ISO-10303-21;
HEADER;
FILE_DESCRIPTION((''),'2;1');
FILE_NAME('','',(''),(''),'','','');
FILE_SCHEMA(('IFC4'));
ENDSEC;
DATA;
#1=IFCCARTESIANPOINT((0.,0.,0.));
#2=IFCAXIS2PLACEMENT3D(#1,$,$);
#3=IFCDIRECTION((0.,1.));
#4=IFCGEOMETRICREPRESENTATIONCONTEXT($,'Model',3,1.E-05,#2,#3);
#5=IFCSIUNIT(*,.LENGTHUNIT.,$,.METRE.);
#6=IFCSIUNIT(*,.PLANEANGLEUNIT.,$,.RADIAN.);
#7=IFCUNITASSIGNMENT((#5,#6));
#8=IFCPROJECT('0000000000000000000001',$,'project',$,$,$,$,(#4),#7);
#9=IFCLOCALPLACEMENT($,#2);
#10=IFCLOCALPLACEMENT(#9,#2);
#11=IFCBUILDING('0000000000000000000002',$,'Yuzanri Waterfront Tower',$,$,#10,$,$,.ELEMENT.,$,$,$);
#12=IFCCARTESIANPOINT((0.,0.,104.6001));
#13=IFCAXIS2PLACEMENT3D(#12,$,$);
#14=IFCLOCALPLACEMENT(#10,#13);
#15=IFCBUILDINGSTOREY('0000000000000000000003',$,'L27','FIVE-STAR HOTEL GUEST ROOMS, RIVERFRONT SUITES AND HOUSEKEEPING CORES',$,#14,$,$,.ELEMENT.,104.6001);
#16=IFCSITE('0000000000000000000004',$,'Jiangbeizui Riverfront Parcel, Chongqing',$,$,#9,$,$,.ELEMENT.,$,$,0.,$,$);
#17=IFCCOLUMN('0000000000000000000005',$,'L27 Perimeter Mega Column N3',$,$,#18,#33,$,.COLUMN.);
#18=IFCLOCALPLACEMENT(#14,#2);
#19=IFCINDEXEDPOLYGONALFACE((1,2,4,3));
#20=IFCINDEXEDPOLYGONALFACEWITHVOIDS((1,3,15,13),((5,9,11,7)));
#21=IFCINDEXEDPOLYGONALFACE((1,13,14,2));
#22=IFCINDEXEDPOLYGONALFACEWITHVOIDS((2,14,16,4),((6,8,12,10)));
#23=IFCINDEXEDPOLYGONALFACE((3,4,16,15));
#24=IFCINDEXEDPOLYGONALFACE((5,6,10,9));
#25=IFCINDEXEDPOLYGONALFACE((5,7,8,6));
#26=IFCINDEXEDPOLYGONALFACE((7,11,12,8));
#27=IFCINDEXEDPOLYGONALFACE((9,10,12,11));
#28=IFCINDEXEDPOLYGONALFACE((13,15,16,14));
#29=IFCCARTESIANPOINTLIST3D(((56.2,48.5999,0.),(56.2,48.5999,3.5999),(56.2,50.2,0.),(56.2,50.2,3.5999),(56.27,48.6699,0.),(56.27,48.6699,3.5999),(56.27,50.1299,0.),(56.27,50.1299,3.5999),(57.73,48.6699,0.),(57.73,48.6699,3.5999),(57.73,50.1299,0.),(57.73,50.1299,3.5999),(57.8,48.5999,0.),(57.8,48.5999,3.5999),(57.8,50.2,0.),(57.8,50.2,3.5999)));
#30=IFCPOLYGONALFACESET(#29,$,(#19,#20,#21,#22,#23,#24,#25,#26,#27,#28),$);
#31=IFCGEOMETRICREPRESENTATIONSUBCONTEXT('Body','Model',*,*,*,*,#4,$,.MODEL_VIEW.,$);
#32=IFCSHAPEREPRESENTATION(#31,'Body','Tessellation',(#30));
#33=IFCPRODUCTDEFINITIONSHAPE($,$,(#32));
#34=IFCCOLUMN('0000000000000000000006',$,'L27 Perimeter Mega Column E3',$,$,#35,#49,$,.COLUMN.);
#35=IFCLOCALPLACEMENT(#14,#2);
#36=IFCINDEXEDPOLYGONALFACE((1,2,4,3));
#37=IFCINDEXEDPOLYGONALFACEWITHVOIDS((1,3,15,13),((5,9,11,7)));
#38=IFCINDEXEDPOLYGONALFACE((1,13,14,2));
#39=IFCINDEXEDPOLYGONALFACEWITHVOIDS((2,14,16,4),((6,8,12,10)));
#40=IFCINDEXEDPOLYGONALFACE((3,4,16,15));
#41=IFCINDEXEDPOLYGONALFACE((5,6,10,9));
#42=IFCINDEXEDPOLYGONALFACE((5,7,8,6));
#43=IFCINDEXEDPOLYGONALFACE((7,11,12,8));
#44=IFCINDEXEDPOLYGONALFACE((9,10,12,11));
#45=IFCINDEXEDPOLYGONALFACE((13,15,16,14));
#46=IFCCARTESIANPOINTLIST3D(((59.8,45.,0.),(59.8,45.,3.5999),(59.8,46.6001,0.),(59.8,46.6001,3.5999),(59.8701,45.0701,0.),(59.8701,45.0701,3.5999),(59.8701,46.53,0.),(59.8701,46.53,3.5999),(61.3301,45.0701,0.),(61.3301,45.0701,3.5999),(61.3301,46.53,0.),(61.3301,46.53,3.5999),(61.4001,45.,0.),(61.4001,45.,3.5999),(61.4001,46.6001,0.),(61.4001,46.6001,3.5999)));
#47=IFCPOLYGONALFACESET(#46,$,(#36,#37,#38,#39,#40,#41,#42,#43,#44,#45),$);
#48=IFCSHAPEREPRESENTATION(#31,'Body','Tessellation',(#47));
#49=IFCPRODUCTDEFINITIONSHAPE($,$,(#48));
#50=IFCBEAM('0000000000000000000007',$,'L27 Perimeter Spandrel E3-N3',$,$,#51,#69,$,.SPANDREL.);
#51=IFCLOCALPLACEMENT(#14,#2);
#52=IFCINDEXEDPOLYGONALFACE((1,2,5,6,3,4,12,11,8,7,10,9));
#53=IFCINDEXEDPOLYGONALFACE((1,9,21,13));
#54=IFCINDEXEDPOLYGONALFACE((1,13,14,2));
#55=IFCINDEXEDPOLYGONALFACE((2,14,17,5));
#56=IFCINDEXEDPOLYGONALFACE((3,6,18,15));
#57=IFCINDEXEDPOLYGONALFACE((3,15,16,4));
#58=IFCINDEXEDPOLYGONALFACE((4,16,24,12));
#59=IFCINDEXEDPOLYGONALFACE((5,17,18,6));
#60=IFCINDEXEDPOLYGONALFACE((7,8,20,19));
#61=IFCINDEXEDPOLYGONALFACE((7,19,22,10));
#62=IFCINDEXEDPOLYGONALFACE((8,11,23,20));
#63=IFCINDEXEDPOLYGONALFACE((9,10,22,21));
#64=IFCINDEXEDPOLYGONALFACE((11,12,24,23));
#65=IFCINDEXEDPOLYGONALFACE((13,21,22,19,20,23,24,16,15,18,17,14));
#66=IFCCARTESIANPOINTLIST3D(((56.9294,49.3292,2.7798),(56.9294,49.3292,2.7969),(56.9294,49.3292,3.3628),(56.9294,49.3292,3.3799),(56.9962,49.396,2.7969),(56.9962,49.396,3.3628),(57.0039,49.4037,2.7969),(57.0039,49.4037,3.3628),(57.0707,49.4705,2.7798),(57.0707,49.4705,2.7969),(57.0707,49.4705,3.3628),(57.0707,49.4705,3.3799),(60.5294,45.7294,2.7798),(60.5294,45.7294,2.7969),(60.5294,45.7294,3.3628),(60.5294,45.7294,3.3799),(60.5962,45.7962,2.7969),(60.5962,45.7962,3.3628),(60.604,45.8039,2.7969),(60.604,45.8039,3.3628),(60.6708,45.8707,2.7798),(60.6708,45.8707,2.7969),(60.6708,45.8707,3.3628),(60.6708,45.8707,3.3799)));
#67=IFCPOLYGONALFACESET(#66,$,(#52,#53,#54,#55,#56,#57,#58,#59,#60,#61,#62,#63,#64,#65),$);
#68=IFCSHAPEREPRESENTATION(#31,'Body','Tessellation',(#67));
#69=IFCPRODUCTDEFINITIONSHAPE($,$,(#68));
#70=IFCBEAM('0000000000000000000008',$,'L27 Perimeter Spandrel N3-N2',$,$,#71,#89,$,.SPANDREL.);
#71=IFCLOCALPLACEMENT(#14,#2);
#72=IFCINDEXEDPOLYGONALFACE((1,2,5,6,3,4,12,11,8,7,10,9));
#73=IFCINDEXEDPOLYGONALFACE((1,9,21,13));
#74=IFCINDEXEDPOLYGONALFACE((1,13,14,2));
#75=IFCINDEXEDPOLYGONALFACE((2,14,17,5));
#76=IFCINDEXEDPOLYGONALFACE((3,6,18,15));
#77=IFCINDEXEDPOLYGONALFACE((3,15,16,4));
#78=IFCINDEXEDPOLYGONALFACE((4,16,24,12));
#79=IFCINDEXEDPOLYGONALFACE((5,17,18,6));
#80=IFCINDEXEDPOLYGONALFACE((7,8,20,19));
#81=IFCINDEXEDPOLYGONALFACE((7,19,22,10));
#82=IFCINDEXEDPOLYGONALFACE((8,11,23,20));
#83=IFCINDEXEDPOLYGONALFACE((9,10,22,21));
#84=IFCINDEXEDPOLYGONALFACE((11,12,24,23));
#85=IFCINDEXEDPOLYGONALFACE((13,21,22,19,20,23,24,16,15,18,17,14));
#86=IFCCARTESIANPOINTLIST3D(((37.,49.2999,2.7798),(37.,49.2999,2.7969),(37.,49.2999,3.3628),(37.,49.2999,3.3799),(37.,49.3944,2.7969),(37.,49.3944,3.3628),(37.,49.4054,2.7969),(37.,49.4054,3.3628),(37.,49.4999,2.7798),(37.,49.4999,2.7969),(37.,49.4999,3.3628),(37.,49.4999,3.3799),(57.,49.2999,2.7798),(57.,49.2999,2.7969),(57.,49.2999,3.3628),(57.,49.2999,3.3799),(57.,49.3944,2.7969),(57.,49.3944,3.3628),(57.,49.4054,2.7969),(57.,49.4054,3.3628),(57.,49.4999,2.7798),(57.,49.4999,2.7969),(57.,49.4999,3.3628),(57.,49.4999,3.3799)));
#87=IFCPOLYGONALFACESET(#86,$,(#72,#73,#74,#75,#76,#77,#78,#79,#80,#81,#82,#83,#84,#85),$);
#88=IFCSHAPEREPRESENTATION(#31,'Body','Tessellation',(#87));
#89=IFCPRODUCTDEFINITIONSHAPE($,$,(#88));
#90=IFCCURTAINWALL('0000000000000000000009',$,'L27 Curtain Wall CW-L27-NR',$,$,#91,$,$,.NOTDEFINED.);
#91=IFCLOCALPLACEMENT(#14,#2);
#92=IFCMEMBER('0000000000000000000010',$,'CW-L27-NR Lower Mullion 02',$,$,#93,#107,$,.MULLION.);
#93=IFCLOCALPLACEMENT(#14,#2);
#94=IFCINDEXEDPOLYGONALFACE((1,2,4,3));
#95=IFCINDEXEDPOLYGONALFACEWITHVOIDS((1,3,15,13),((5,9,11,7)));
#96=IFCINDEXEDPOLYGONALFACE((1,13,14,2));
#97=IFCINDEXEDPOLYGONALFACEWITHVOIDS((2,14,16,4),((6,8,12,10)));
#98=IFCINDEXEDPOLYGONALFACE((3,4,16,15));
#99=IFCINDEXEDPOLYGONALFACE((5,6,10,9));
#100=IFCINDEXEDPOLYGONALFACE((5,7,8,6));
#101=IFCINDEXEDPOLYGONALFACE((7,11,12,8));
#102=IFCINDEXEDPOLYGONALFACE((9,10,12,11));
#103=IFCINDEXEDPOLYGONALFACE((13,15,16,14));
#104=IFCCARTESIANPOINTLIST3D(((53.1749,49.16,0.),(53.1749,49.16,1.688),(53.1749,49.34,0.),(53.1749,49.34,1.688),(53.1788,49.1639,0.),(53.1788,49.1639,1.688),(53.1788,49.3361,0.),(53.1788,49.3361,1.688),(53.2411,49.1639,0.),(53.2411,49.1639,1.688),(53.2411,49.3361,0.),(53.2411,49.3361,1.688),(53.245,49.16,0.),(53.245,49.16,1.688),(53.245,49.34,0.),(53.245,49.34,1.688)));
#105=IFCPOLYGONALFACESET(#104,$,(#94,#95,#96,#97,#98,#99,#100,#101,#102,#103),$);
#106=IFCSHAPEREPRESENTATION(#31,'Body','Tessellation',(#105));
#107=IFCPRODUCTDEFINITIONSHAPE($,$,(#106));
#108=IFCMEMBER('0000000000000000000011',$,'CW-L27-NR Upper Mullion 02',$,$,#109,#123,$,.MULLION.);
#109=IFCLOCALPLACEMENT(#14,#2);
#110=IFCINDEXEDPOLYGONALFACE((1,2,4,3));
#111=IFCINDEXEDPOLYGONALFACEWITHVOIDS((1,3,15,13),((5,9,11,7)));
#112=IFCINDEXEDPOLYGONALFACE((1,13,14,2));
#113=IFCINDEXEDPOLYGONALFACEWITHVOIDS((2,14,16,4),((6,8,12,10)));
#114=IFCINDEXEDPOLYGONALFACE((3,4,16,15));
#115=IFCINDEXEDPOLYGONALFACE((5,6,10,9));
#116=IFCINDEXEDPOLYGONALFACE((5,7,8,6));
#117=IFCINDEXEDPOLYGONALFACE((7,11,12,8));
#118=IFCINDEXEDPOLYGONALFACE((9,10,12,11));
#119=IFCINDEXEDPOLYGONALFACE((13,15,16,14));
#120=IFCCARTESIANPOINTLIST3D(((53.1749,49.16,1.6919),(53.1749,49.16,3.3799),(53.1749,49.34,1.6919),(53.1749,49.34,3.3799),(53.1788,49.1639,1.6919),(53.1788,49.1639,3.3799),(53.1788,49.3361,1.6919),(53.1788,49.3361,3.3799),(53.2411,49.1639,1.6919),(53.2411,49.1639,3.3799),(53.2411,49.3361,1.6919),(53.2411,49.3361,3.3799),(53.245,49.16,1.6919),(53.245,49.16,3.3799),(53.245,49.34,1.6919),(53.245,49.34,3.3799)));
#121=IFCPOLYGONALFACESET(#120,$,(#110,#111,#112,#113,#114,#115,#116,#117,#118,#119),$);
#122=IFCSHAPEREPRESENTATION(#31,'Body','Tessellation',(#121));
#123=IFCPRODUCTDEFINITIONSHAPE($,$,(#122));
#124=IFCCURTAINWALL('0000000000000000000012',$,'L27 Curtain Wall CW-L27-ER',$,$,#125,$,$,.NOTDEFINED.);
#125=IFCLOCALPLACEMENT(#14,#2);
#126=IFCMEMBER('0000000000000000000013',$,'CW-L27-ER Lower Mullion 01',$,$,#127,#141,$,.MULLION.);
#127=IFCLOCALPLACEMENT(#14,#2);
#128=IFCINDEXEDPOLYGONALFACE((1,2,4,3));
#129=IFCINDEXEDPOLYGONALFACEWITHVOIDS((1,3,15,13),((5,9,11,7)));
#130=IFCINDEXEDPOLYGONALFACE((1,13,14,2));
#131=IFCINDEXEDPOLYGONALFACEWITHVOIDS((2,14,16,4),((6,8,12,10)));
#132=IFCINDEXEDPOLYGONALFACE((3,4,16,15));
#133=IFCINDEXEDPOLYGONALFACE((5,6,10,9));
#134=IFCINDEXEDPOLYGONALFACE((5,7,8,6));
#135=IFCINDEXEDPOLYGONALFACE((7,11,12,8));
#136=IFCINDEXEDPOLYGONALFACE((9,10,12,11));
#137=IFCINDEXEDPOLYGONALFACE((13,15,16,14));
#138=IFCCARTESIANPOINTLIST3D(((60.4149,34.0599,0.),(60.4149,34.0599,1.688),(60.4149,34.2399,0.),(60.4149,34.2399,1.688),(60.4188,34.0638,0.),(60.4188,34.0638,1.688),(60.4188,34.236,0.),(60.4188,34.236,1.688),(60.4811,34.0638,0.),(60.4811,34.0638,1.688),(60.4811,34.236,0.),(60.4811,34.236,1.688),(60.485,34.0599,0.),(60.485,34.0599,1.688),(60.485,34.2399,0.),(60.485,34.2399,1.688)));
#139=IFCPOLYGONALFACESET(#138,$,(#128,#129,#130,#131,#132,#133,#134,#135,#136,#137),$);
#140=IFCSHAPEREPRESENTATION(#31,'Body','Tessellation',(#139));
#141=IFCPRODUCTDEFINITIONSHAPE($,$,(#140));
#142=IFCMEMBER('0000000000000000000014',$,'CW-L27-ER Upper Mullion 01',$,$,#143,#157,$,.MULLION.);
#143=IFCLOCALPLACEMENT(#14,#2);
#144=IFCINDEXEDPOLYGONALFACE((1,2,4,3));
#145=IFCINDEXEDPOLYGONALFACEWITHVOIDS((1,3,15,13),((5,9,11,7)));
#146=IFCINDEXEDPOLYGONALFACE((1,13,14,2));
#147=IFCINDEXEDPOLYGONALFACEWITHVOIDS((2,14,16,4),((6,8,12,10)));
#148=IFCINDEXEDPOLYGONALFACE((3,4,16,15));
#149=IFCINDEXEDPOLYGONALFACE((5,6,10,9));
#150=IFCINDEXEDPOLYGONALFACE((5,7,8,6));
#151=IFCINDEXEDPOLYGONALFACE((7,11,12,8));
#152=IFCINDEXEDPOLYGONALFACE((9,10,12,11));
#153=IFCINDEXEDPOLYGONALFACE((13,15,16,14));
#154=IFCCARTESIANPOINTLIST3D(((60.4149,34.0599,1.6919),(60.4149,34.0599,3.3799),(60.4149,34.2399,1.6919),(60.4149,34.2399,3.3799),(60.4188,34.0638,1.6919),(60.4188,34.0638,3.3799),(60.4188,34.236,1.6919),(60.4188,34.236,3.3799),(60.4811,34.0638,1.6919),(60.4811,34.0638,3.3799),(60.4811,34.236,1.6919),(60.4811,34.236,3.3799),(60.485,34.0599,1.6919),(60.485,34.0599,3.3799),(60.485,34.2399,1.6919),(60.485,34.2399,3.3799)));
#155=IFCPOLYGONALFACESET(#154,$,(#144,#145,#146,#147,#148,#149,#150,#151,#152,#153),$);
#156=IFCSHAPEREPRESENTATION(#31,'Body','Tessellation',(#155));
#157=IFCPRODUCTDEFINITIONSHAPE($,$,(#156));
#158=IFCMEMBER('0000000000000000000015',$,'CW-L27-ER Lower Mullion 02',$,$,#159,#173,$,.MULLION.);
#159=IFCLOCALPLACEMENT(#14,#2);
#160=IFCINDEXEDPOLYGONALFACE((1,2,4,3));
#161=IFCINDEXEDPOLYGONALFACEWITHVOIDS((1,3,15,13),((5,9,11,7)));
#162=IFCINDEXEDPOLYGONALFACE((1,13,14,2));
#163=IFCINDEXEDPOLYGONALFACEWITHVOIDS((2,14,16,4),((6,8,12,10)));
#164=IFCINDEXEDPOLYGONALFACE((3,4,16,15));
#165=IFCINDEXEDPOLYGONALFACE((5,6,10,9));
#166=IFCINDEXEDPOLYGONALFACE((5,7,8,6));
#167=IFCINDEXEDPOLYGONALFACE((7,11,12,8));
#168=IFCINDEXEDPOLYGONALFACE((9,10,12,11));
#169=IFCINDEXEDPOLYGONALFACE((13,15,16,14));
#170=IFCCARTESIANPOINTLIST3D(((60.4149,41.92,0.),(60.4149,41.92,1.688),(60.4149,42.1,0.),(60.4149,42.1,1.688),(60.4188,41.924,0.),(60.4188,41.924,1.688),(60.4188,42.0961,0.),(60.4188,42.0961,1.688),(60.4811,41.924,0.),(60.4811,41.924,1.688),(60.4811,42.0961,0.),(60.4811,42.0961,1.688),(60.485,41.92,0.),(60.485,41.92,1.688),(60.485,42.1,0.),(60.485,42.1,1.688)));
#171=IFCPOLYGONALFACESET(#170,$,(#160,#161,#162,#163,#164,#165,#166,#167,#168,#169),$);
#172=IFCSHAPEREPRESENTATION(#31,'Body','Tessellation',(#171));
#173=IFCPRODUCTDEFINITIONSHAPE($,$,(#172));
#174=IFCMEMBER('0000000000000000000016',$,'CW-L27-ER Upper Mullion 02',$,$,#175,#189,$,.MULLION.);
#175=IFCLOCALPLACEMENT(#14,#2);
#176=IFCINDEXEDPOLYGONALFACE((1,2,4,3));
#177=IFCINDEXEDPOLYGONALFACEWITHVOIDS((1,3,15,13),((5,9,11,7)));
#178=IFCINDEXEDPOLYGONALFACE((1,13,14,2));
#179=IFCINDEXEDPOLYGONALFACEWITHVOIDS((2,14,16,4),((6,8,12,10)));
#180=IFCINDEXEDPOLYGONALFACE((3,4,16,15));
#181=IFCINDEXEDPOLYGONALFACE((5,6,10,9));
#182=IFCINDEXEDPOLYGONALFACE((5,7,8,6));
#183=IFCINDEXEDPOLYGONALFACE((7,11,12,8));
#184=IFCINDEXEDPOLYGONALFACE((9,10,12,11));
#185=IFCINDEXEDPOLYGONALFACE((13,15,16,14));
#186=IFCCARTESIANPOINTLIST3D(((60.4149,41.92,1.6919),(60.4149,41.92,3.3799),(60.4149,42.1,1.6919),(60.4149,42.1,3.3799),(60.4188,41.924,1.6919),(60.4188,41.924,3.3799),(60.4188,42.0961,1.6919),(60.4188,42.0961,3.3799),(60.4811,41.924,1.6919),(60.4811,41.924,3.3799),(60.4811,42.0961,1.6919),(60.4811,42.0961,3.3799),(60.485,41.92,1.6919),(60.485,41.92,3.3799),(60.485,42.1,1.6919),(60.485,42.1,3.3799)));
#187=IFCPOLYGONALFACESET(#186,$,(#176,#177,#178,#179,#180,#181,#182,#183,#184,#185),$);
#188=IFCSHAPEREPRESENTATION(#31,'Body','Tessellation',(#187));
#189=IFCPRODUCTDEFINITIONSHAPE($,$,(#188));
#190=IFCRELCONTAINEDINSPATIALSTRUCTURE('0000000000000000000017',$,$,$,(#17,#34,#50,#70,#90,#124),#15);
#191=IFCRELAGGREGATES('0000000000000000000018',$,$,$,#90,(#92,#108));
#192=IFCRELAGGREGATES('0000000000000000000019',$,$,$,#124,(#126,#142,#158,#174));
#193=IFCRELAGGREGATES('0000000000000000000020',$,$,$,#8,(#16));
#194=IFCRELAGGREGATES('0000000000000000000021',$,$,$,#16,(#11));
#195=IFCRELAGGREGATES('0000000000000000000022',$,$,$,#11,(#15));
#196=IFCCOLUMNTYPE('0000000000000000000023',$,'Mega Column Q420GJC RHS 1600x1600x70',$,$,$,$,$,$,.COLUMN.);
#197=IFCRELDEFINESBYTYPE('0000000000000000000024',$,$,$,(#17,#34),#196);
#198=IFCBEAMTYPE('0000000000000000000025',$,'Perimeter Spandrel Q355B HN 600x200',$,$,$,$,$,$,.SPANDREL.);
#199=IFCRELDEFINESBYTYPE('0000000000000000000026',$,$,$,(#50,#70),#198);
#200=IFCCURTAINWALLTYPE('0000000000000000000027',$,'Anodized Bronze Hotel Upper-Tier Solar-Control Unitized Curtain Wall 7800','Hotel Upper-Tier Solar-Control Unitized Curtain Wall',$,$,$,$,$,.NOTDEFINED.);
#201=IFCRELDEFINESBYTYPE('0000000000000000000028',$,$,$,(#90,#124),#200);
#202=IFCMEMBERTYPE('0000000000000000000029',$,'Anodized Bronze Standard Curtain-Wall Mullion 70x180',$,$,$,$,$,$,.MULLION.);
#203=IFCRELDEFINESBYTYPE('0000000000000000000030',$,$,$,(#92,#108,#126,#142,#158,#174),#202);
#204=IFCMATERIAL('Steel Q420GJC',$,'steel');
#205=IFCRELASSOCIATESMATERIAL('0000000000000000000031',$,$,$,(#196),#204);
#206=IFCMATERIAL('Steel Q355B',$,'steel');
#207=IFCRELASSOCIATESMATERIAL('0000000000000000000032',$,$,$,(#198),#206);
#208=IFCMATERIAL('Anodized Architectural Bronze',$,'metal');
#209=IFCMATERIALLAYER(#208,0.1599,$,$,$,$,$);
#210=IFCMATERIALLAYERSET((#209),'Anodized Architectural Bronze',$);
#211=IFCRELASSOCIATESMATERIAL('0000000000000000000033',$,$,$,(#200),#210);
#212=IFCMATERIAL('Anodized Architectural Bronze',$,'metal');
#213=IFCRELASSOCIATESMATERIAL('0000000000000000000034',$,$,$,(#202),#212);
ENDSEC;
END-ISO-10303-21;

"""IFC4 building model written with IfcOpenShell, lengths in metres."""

from ifc_helpers import new_model, si_unit, direction, frame, origin, origin_2d, place, context, subcontext, project, spatial, hollow_rectangle, i_section, extrude, source, transform, mapped, material, layer, layer_set, material_profile, profile_set, type_object, element, aggregate, save


model = new_model("IFC4")

# Units and contexts
model_context = context("Model", 3, precision=1e-05, world=origin(), true_north=direction((0.0, 1.0)))
body_context = subcontext(model_context, "Body", "Model", "MODEL_VIEW")
ifc_project = project(units=[si_unit("LENGTHUNIT", "METRE"), si_unit("PLANEANGLEUNIT", "RADIAN")], contexts=[model_context])

# Site, building, storey
site_placement = place(None, origin())
site = spatial("IfcSite", under=ifc_project, at=site_placement, Name="Jiangbeizui Riverfront Parcel, Chongqing", CompositionType="ELEMENT", RefElevation=0.0)
building_placement = place(site_placement, origin())
building = spatial("IfcBuilding", under=site, at=building_placement, Name="Yuzanri Waterfront Tower", CompositionType="ELEMENT")
storey_placement = place(building_placement, frame((0.0, 0.0, 104.6001)))
storey = spatial("IfcBuildingStorey", under=building, at=storey_placement, Name="L27", Description="FIVE-STAR HOTEL GUEST ROOMS, RIVERFRONT SUITES AND HOUSEKEEPING CORES", CompositionType="ELEMENT", Elevation=104.6001)

# Columns
ifc_material_1 = material(Name="Steel Q420GJC", Category="steel")
ifc_material_profile_1 = material_profile(ifc_material_1, hollow_rectangle(XDim=1.6001, YDim=1.6001, WallThickness=0.0701, at=origin_2d()), Name="RHS 1600x1600x70")
ifc_profile_set_1 = profile_set([ifc_material_profile_1], Name="Steel Q420GJC")
column_type = type_object("IfcColumnType", Name="Mega Column Q420GJC RHS 1600x1600x70", PredefinedType="COLUMN", material=ifc_profile_set_1)
shared_shape_1 = source(origin(), body_context, "Body", "SweptSolid", [
    extrude(hollow_rectangle(XDim=1.6001, YDim=1.6001, WallThickness=0.0701, at=origin_2d()), origin(), (0.0, 0.0, 1.0), 3.5999),
])
for number, where, z_axis, x_axis, name in (
    (1, (57.0, 49.3999, 0.0), (0.0, 0.0, 1.0), (1.0, 0.0, 0.0), "L27 Perimeter Mega Column N3"),
    (2, (60.6001, 45.8, 0.0), (0.0, 0.0, 1.0), (1.0, 0.0, 0.0), "L27 Perimeter Mega Column E3"),
):
    element("IfcColumn", number, at=place(storey_placement, frame(where, z_axis=z_axis, x_axis=x_axis)), inside=storey, type_object=column_type, Name=name, PredefinedType="COLUMN", context=body_context, shape_type="MappedRepresentation", body=[
        mapped(shared_shape_1, transform((0.0, 0.0, 0.0), scale=1.0)),
    ])

# Beams
ifc_material_2 = material(Name="Steel Q355B", Category="steel")
ifc_material_profile_2 = material_profile(ifc_material_2, i_section(OverallWidth=0.2, OverallDepth=0.6001, WebThickness=0.011, FlangeThickness=0.0171, at=origin_2d()), Name="HN 600x200x11x17")
ifc_profile_set_2 = profile_set([ifc_material_profile_2], Name="Steel Q355B")
beam_type = type_object("IfcBeamType", Name="Perimeter Spandrel Q355B HN 600x200", PredefinedType="SPANDREL", material=ifc_profile_set_2)
shared_shape_2 = source(origin(), body_context, "Body", "SweptSolid", [
    extrude(i_section(OverallWidth=0.2, OverallDepth=0.6001, WebThickness=0.011, FlangeThickness=0.0171, at=origin_2d()), origin(), (0.0, 0.0, 1.0), 5.0911),
])
beam_1_placement = place(storey_placement, frame((60.6001, 45.8, 3.0798), z_axis=(-0.707131, 0.707083, 0.0), x_axis=(-0.707083, -0.707131, 0.0)))
element("IfcBeam", 3, at=beam_1_placement, inside=storey, type_object=beam_type, Name="L27 Perimeter Spandrel E3-N3", PredefinedType="SPANDREL", context=body_context, shape_type="MappedRepresentation", body=[
    mapped(shared_shape_2, transform((0.0, 0.0, 0.0), scale=1.0)),
])
shared_shape_3 = source(origin(), body_context, "Body", "SweptSolid", [
    extrude(i_section(OverallWidth=0.2, OverallDepth=0.6001, WebThickness=0.011, FlangeThickness=0.0171, at=origin_2d()), origin(), (0.0, 0.0, 1.0), 20.0),
])
beam_2_placement = place(storey_placement, frame((57.0, 49.3999, 3.0798), z_axis=(-1.0, 0.0, 0.0), x_axis=(0.0, -1.0, 0.0)))
element("IfcBeam", 4, at=beam_2_placement, inside=storey, type_object=beam_type, Name="L27 Perimeter Spandrel N3-N2", PredefinedType="SPANDREL", context=body_context, shape_type="MappedRepresentation", body=[
    mapped(shared_shape_3, transform((0.0, 0.0, 0.0), scale=1.0)),
])

# Curtain walls, members
ifc_material_3 = material(Name="Anodized Architectural Bronze", Category="metal")
ifc_layer_1 = layer(ifc_material_3, 0.1599)
ifc_layer_set_1 = layer_set([ifc_layer_1], Name="Anodized Architectural Bronze")
curtain_wall_type = type_object("IfcCurtainWallType", Name="Anodized Bronze Hotel Upper-Tier Solar-Control Unitized Curtain Wall 7800", Description="Hotel Upper-Tier Solar-Control Unitized Curtain Wall", PredefinedType="NOTDEFINED", material=ifc_layer_set_1)
curtain_wall_1_placement = place(storey_placement, origin())
curtain_wall_1 = element("IfcCurtainWall", 5, at=curtain_wall_1_placement, inside=storey, type_object=curtain_wall_type, Name="L27 Curtain Wall CW-L27-NR", PredefinedType="NOTDEFINED")
ifc_material_4 = material(Name="Anodized Architectural Bronze", Category="metal")
ifc_material_profile_3 = material_profile(ifc_material_4, hollow_rectangle(XDim=0.0701, YDim=0.1799, WallThickness=0.0039, at=origin_2d()), Name="CWM 70x180")
ifc_profile_set_3 = profile_set([ifc_material_profile_3], Name="Anodized Architectural Bronze")
member_type = type_object("IfcMemberType", Name="Anodized Bronze Standard Curtain-Wall Mullion 70x180", PredefinedType="MULLION", material=ifc_profile_set_3)
shared_shape_4 = source(origin(), body_context, "Body", "SweptSolid", [
    extrude(hollow_rectangle(XDim=0.0701, YDim=0.1799, WallThickness=0.0039, at=origin_2d()), origin(), (0.0, 0.0, 1.0), 1.688),
])
member_1_placement = place(storey_placement, frame((53.21, 49.25, 0.0), z_axis=(0.0, 0.0, 1.0), x_axis=(1.0, 0.0, 0.0)))
member_1 = element("IfcMember", 6, at=member_1_placement, type_object=member_type, Name="CW-L27-NR Lower Mullion 02", PredefinedType="MULLION", context=body_context, shape_type="MappedRepresentation", body=[
    mapped(shared_shape_4, transform((0.0, 0.0, 0.0), scale=1.0)),
])
member_2_placement = place(storey_placement, frame((53.21, 49.25, 1.6919), z_axis=(0.0, 0.0, 1.0), x_axis=(1.0, 0.0, 0.0)))
member_2 = element("IfcMember", 7, at=member_2_placement, type_object=member_type, Name="CW-L27-NR Upper Mullion 02", PredefinedType="MULLION", context=body_context, shape_type="MappedRepresentation", body=[
    mapped(shared_shape_4, transform((0.0, 0.0, 0.0), scale=1.0)),
])
aggregate(curtain_wall_1, [member_1, member_2])
curtain_wall_2_placement = place(storey_placement, origin())
curtain_wall_2 = element("IfcCurtainWall", 8, at=curtain_wall_2_placement, inside=storey, type_object=curtain_wall_type, Name="L27 Curtain Wall CW-L27-ER", PredefinedType="NOTDEFINED")
member_3_placement = place(storey_placement, frame((60.45, 34.1499, 0.0), z_axis=(0.0, 0.0, 1.0), x_axis=(1.0, 0.0, 0.0)))
member_3 = element("IfcMember", 9, at=member_3_placement, type_object=member_type, Name="CW-L27-ER Lower Mullion 01", PredefinedType="MULLION", context=body_context, shape_type="MappedRepresentation", body=[
    mapped(shared_shape_4, transform((0.0, 0.0, 0.0), scale=1.0)),
])
member_4_placement = place(storey_placement, frame((60.45, 34.1499, 1.6919), z_axis=(0.0, 0.0, 1.0), x_axis=(1.0, 0.0, 0.0)))
member_4 = element("IfcMember", 10, at=member_4_placement, type_object=member_type, Name="CW-L27-ER Upper Mullion 01", PredefinedType="MULLION", context=body_context, shape_type="MappedRepresentation", body=[
    mapped(shared_shape_4, transform((0.0, 0.0, 0.0), scale=1.0)),
])
member_5_placement = place(storey_placement, frame((60.45, 42.01, 0.0), z_axis=(0.0, 0.0, 1.0), x_axis=(1.0, 0.0, 0.0)))
member_5 = element("IfcMember", 11, at=member_5_placement, type_object=member_type, Name="CW-L27-ER Lower Mullion 02", PredefinedType="MULLION", context=body_context, shape_type="MappedRepresentation", body=[
    mapped(shared_shape_4, transform((0.0, 0.0, 0.0), scale=1.0)),
])
member_6_placement = place(storey_placement, frame((60.45, 42.01, 1.6919), z_axis=(0.0, 0.0, 1.0), x_axis=(1.0, 0.0, 0.0)))
member_6 = element("IfcMember", 12, at=member_6_placement, type_object=member_type, Name="CW-L27-ER Upper Mullion 02", PredefinedType="MULLION", context=body_context, shape_type="MappedRepresentation", body=[
    mapped(shared_shape_4, transform((0.0, 0.0, 0.0), scale=1.0)),
])

aggregate(curtain_wall_2, [member_3, member_4, member_5, member_6])

save(model, "model.ifc")
